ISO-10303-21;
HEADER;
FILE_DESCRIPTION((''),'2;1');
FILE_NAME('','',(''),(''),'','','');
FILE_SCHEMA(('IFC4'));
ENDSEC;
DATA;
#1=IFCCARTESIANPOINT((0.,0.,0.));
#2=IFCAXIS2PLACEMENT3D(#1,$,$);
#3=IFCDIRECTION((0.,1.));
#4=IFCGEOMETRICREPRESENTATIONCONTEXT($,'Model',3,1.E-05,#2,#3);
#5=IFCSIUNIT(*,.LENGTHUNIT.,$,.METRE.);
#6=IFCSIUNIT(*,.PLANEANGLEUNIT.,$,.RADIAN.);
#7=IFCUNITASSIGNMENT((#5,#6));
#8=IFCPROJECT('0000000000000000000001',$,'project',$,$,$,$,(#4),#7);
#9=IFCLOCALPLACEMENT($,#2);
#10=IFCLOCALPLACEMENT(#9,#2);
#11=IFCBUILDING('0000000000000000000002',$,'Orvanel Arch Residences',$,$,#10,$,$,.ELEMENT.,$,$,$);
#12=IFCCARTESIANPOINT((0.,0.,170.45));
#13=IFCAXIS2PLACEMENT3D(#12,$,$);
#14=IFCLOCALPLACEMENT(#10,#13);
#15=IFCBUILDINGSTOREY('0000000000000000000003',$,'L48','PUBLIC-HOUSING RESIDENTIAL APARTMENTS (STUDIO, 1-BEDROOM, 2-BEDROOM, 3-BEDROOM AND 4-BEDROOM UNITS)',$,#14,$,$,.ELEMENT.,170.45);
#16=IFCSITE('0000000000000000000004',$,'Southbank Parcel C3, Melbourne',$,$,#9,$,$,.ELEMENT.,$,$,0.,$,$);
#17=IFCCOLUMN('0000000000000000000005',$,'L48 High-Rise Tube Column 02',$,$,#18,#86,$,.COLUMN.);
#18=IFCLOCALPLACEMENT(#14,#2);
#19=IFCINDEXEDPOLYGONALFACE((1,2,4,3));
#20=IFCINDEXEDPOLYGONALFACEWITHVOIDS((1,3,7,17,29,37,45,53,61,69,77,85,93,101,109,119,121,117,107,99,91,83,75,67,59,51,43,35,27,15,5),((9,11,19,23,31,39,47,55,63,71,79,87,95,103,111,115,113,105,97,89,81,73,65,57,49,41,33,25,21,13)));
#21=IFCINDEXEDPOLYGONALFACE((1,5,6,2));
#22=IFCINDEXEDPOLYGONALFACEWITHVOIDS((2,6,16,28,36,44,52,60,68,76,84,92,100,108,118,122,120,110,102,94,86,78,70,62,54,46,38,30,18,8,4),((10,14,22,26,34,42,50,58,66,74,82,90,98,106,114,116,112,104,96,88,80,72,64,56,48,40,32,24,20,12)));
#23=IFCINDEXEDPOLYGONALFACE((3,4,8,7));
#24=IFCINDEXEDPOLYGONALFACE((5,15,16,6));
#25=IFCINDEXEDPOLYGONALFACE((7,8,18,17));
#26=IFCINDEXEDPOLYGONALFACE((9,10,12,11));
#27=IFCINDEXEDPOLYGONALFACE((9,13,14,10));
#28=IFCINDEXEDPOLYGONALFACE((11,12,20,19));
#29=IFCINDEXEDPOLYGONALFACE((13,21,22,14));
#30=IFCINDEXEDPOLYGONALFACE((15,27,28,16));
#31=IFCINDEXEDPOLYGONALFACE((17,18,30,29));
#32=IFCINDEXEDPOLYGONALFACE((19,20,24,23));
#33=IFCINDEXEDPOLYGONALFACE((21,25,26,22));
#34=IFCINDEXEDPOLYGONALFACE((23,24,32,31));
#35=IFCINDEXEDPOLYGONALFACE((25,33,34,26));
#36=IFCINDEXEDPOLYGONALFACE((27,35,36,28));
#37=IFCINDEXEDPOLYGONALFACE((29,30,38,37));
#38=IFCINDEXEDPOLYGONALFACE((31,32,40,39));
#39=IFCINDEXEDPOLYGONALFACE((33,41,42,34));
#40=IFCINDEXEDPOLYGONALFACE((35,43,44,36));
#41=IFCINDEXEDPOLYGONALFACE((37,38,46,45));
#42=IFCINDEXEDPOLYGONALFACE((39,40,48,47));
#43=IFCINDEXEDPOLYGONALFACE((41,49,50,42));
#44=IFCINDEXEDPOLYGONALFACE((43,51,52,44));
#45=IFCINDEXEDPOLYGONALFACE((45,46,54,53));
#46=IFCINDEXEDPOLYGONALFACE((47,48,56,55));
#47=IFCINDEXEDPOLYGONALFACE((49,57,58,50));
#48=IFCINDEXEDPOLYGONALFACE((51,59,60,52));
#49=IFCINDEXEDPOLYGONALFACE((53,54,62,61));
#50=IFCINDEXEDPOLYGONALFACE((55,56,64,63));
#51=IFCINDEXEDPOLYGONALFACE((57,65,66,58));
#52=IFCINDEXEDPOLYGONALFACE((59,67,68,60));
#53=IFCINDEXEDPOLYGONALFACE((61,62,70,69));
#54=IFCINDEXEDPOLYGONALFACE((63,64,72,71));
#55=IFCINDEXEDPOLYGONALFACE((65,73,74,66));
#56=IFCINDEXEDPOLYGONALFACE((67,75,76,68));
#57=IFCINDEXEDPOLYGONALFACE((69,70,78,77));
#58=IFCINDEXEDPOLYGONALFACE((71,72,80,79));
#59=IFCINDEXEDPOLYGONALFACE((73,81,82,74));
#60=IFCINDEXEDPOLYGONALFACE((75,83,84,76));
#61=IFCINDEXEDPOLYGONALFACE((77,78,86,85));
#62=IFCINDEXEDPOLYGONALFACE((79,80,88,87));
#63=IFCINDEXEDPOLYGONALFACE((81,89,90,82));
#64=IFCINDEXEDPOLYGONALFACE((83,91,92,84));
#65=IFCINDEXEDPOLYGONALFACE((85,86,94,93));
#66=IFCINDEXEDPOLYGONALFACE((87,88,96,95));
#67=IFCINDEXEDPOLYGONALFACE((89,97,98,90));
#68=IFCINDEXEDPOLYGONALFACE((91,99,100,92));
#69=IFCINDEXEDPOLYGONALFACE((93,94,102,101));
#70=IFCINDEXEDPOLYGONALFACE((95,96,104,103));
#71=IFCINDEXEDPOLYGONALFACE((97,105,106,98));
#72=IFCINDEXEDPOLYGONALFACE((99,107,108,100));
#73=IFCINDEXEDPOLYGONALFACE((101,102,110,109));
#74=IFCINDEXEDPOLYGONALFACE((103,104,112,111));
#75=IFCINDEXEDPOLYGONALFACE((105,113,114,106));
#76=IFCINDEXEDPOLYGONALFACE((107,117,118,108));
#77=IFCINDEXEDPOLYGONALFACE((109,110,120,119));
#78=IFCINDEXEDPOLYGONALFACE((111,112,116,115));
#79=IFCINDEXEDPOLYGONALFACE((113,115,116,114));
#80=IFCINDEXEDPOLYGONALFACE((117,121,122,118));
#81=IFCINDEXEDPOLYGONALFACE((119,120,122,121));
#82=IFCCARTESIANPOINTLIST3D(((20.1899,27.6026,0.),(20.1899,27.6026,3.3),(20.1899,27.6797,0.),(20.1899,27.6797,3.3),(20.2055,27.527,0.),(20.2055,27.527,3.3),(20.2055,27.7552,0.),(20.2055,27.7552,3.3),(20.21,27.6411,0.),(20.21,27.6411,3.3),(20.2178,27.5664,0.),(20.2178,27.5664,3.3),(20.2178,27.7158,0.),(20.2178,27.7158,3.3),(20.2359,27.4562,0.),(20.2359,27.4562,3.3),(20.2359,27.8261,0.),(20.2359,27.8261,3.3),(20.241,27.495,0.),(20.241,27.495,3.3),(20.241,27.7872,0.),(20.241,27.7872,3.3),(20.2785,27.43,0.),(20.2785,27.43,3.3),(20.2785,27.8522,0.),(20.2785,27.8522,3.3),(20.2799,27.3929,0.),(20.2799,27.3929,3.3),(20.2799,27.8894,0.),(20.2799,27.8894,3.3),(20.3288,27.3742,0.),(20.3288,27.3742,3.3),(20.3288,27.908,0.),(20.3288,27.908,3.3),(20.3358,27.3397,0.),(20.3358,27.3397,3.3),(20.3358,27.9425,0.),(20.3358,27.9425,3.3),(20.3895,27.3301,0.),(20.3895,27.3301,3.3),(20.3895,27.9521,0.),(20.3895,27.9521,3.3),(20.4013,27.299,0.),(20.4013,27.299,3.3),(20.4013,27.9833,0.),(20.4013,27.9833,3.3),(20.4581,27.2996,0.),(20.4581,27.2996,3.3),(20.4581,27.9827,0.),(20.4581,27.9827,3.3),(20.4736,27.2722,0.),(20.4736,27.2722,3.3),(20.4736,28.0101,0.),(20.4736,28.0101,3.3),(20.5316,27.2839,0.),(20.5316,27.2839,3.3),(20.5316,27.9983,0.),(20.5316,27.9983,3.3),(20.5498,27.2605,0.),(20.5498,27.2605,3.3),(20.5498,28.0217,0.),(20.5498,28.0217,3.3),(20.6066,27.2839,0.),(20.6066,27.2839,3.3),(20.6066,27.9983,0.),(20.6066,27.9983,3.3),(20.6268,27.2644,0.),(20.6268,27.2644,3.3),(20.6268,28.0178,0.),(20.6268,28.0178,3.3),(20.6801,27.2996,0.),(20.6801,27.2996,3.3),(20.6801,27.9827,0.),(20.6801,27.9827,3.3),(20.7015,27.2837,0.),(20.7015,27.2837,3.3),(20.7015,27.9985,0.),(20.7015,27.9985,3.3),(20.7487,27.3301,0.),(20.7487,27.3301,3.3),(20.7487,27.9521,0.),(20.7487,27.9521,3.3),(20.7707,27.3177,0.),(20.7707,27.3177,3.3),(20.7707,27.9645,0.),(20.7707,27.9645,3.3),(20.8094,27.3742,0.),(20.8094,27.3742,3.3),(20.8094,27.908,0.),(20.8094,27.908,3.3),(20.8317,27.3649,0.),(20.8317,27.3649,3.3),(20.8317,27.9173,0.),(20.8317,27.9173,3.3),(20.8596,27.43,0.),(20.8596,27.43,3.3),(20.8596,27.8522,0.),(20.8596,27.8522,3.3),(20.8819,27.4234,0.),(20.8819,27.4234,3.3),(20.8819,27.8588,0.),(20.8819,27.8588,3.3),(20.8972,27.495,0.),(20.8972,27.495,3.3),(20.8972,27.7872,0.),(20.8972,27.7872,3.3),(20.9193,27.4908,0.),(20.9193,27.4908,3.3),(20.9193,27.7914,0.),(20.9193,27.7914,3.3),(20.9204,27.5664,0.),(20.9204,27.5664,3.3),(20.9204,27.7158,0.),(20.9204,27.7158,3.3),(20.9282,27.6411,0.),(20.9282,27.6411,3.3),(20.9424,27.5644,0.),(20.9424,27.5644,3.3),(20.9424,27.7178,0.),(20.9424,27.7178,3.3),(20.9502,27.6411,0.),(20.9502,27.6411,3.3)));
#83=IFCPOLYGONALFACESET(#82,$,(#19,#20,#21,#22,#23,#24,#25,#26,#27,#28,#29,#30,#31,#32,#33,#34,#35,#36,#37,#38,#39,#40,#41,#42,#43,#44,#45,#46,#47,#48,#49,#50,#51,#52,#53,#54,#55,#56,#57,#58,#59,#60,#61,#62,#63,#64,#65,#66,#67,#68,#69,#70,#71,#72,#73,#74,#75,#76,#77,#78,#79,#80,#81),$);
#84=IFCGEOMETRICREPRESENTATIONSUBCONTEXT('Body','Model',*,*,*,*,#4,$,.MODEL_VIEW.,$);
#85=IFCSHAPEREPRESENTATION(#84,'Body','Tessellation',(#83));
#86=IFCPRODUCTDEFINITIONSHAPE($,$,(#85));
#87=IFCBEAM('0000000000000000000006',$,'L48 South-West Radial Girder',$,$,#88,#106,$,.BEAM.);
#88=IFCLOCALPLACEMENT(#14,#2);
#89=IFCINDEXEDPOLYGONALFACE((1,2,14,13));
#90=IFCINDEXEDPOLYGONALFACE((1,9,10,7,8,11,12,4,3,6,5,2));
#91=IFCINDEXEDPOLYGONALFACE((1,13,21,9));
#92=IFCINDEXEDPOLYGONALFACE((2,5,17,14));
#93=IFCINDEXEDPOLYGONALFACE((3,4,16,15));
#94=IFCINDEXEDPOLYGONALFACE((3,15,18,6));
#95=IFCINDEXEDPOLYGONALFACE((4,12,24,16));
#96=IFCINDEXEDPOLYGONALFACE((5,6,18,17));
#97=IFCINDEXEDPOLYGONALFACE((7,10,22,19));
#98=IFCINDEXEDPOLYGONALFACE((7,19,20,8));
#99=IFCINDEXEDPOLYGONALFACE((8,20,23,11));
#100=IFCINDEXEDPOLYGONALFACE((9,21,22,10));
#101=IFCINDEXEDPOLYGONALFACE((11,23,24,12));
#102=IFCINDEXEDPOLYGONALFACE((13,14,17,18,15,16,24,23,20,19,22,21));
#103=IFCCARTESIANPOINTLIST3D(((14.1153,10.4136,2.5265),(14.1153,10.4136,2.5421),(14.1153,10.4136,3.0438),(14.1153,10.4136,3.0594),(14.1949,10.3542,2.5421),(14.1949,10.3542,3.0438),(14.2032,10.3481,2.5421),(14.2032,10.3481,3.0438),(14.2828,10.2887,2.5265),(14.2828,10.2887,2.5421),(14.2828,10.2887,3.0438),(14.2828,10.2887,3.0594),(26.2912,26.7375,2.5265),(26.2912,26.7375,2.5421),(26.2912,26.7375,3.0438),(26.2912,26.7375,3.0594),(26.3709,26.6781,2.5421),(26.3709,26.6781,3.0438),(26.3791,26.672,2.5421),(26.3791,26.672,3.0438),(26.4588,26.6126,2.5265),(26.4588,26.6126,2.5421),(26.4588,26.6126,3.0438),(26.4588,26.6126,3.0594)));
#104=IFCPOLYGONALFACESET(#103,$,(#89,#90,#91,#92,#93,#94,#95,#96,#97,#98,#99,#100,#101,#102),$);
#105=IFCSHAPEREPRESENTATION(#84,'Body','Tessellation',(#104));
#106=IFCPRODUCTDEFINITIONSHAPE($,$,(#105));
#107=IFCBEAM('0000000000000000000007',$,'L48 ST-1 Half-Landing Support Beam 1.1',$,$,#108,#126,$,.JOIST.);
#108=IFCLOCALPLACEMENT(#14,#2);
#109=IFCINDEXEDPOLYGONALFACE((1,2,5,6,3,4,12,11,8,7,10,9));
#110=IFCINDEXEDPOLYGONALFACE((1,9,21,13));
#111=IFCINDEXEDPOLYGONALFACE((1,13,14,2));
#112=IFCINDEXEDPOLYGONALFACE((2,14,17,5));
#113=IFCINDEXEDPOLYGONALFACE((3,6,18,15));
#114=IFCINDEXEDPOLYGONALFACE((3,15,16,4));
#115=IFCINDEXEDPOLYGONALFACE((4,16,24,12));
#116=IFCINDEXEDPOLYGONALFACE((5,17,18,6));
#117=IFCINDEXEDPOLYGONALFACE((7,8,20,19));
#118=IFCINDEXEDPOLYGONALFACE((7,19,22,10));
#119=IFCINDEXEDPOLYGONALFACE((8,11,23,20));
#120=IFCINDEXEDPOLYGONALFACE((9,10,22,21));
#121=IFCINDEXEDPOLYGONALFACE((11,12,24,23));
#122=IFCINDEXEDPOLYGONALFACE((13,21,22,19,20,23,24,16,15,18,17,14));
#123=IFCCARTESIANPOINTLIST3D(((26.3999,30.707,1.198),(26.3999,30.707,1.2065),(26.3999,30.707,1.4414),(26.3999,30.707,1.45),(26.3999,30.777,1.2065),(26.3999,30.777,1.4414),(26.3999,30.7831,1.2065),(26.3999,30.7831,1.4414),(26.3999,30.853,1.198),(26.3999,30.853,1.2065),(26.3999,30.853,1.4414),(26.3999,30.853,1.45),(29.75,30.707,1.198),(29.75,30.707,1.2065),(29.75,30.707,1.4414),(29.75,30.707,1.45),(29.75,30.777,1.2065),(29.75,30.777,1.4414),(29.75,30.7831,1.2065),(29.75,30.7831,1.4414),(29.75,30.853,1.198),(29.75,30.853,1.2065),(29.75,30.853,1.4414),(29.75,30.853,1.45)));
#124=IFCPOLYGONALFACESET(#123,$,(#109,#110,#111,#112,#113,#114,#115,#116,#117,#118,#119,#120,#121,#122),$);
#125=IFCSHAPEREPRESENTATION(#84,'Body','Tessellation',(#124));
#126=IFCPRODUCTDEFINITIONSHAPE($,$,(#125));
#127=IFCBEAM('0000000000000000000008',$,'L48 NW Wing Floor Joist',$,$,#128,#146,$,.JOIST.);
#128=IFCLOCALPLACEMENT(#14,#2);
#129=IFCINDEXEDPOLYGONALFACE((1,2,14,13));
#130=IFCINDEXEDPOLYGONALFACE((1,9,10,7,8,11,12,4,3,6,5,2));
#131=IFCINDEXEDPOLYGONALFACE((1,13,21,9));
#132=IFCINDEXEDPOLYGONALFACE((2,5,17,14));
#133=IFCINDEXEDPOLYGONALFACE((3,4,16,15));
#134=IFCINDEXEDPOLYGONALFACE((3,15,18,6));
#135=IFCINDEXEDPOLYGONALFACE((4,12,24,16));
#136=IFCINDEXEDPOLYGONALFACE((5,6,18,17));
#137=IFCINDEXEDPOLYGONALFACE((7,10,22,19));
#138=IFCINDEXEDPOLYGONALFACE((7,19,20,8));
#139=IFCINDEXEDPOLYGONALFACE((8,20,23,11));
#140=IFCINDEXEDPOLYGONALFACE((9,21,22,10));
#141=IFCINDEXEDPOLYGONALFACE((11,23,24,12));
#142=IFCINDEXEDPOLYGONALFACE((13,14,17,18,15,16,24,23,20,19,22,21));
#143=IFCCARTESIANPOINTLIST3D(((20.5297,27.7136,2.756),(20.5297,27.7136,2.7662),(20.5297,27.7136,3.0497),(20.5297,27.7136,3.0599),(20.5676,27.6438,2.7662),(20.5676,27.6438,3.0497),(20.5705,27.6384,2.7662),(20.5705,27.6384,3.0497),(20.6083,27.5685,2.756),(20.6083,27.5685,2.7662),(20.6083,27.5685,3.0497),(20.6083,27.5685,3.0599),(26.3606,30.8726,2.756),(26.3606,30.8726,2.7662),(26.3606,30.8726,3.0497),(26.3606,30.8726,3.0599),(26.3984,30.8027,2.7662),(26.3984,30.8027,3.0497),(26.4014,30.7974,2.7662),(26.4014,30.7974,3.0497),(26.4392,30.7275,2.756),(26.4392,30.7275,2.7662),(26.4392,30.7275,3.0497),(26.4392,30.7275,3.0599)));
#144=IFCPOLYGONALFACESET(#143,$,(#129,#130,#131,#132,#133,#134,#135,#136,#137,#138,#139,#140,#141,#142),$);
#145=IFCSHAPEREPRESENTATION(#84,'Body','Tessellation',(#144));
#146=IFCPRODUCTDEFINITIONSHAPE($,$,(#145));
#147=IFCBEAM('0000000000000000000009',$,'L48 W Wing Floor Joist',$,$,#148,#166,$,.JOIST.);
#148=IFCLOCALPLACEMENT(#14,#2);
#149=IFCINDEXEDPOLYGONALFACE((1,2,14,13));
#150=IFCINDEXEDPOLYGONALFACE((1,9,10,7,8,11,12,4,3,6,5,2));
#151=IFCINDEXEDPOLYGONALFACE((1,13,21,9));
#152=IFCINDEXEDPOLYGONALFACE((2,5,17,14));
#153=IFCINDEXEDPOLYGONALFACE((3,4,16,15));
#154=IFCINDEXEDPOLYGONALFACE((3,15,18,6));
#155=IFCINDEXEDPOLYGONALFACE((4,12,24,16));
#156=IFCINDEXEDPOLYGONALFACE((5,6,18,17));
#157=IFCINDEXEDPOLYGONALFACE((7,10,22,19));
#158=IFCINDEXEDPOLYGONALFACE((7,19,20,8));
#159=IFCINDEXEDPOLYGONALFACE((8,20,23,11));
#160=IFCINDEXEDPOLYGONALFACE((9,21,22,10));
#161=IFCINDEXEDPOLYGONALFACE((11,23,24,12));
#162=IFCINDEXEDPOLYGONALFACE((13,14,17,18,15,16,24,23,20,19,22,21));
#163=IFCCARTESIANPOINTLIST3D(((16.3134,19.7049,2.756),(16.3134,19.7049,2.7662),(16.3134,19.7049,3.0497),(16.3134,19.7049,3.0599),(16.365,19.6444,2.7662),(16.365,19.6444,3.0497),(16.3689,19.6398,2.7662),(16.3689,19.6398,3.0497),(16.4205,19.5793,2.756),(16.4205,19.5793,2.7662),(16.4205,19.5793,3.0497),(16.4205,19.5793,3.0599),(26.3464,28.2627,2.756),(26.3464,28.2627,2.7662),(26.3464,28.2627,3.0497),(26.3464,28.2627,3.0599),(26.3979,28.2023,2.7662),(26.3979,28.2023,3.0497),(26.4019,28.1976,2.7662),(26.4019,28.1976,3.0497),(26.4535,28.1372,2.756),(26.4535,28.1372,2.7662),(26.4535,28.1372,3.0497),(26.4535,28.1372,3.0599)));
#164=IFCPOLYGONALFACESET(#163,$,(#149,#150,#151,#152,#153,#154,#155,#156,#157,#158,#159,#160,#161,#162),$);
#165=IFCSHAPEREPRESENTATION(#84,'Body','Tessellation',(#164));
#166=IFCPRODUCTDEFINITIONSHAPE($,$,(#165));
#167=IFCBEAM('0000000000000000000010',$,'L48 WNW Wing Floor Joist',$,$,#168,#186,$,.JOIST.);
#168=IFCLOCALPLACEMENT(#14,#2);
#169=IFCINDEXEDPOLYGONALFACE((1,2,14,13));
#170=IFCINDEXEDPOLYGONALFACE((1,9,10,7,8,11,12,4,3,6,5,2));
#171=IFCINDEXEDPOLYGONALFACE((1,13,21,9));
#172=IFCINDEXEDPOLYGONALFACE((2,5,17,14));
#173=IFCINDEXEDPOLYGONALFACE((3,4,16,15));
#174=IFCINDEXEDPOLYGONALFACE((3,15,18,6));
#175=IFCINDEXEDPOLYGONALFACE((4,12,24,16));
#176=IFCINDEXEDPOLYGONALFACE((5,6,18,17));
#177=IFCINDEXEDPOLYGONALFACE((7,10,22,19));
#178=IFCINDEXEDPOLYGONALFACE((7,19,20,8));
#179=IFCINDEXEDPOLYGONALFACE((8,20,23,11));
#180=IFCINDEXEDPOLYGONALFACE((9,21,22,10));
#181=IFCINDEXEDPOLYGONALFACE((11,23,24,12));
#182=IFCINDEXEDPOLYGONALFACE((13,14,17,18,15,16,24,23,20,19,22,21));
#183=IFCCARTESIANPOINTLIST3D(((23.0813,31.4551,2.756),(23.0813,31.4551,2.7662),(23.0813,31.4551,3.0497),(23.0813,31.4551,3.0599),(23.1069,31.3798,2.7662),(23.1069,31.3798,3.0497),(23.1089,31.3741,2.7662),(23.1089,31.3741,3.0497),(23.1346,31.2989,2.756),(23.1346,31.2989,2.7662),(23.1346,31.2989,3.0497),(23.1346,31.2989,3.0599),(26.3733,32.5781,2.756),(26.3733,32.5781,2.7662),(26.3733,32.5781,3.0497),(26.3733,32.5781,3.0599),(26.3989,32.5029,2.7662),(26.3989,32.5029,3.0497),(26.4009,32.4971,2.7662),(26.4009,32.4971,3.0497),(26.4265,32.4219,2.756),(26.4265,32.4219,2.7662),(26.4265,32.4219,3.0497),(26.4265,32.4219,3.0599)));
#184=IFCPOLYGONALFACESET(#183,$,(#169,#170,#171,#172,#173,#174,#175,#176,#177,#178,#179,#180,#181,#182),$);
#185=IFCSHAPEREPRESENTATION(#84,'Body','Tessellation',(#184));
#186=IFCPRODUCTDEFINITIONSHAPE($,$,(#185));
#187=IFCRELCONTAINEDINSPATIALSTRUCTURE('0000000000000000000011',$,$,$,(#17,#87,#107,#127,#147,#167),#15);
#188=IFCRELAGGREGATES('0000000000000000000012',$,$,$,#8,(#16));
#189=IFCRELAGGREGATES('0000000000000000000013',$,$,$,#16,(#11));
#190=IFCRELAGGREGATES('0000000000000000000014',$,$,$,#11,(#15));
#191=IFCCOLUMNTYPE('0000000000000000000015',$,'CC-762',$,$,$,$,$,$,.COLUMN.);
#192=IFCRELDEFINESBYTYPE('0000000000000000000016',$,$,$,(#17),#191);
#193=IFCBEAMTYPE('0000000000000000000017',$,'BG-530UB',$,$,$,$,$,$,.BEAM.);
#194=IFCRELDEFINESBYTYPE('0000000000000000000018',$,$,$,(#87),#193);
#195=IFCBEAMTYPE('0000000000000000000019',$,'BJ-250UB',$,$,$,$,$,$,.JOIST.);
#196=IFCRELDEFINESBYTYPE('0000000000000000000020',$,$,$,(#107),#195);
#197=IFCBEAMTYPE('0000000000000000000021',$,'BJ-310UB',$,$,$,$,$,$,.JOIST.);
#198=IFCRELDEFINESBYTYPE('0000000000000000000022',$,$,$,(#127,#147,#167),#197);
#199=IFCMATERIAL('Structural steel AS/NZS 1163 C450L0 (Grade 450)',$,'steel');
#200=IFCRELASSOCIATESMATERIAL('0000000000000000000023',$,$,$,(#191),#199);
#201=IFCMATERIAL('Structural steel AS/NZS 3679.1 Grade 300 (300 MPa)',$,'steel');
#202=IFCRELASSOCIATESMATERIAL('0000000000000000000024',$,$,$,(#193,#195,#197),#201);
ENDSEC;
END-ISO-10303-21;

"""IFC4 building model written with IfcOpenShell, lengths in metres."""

from ifc_helpers import new_model, si_unit, direction, frame, origin, origin_2d, place, context, subcontext, project, spatial, hollow_circle, i_section, extrude, material, material_profile, profile_set, type_object, element, save


model = new_model("IFC4")

# Units and contexts
model_context = context("Model", 3, precision=1e-05, world=origin(), true_north=direction((0.0, 1.0)))
body_context = subcontext(model_context, "Body", "Model", "MODEL_VIEW")
ifc_project = project(units=[si_unit("LENGTHUNIT", "METRE"), si_unit("PLANEANGLEUNIT", "RADIAN")], contexts=[model_context])

# Site, building, storey
site_placement = place(None, origin())
site = spatial("IfcSite", under=ifc_project, at=site_placement, Name="Southbank Parcel C3, Melbourne", CompositionType="ELEMENT", RefElevation=0.0)
building_placement = place(site_placement, origin())
building = spatial("IfcBuilding", under=site, at=building_placement, Name="Orvanel Arch Residences", CompositionType="ELEMENT")
storey_placement = place(building_placement, frame((0.0, 0.0, 170.45)))
storey = spatial("IfcBuildingStorey", under=building, at=storey_placement, Name="L48", Description="PUBLIC-HOUSING RESIDENTIAL APARTMENTS (STUDIO, 1-BEDROOM, 2-BEDROOM, 3-BEDROOM AND 4-BEDROOM UNITS)", CompositionType="ELEMENT", Elevation=170.45)

# Column
ifc_material_1 = material(Name="Structural steel AS/NZS 1163 C450L0 (Grade 450)", Category="steel")
ifc_material_profile_1 = material_profile(ifc_material_1, hollow_circle(Radius=0.3811, WallThickness=0.022, at=origin_2d()), Name="CHS762x22")
ifc_profile_set_1 = profile_set([ifc_material_profile_1], Name="Structural steel AS/NZS 1163 C450L0 (Grade 450)")
column_type = type_object("IfcColumnType", Name="CC-762", PredefinedType="COLUMN", material=ifc_profile_set_1)
column_placement = place(storey_placement, frame((20.5691, 27.6411, 0.0), z_axis=(0.0, 0.0, 1.0), x_axis=(1.0, 0.0, 0.0)))
element("IfcColumn", 1, at=column_placement, inside=storey, type_object=column_type, Name="L48 High-Rise Tube Column 02", PredefinedType="COLUMN", context=body_context, shape_type="SweptSolid", body=[
    extrude(hollow_circle(Radius=0.3811, WallThickness=0.022, at=origin_2d()), origin(), (0.0, 0.0, 1.0), 3.3),
])

# Beams
ifc_material_2 = material(Name="Structural steel AS/NZS 3679.1 Grade 300 (300 MPa)", Category="steel")
ifc_material_profile_2 = material_profile(ifc_material_2, i_section(OverallWidth=0.209, OverallDepth=0.533, WebThickness=0.0103, FlangeThickness=0.0156, at=origin_2d()), Name="530UB92.4")
ifc_profile_set_2 = profile_set([ifc_material_profile_2], Name="Structural steel AS/NZS 3679.1 Grade 300 (300 MPa)")
beam_type_1 = type_object("IfcBeamType", Name="BG-530UB", PredefinedType="BEAM", material=ifc_profile_set_2)
beam_1_placement = place(storey_placement, frame((26.375, 26.675, 2.793), z_axis=(-0.597894, -0.801575, 0.0), x_axis=(0.801575, -0.597894, 0.0)))
element("IfcBeam", 2, at=beam_1_placement, inside=storey, type_object=beam_type_1, Name="L48 South-West Radial Girder", PredefinedType="BEAM", context=body_context, shape_type="SweptSolid", body=[
    extrude(i_section(OverallWidth=0.209, OverallDepth=0.533, WebThickness=0.0103, FlangeThickness=0.0156, at=origin_2d()), origin(), (0.0, 0.0, 1.0), 20.3647),
])
ifc_material_profile_3 = material_profile(ifc_material_2, i_section(OverallWidth=0.146, OverallDepth=0.252, WebThickness=0.0061, FlangeThickness=0.0085, at=origin_2d()), Name="250UB31.4")
ifc_profile_set_3 = profile_set([ifc_material_profile_3], Name="Structural steel AS/NZS 3679.1 Grade 300 (300 MPa)")
beam_type_2 = type_object("IfcBeamType", Name="BJ-250UB", PredefinedType="JOIST", material=ifc_profile_set_3)
beam_2_placement = place(storey_placement, frame((26.3999, 30.78, 1.324), z_axis=(1.0, 0.0, 0.0), x_axis=(0.0, 1.0, 0.0)))
element("IfcBeam", 3, at=beam_2_placement, inside=storey, type_object=beam_type_2, Name="L48 ST-1 Half-Landing Support Beam 1.1", PredefinedType="JOIST", context=body_context, shape_type="SweptSolid", body=[
    extrude(i_section(OverallWidth=0.146, OverallDepth=0.252, WebThickness=0.0061, FlangeThickness=0.0085, at=origin_2d()), origin(), (0.0, 0.0, 1.0), 3.3501),
])
ifc_material_profile_4 = material_profile(ifc_material_2, i_section(OverallWidth=0.165, OverallDepth=0.304, WebThickness=0.0061, FlangeThickness=0.0103, at=origin_2d()), Name="310UB40.4")
ifc_profile_set_4 = profile_set([ifc_material_profile_4], Name="Structural steel AS/NZS 3679.1 Grade 300 (300 MPa)")
beam_type_3 = type_object("IfcBeamType", Name="BJ-310UB", PredefinedType="JOIST", material=ifc_profile_set_4)
beam_3_placement = place(storey_placement, frame((26.3999, 30.8, 2.908), z_axis=(-0.879255, -0.476351, 0.0), x_axis=(0.476351, -0.879255, 0.0)))
element("IfcBeam", 4, at=beam_3_placement, inside=storey, type_object=beam_type_3, Name="L48 NW Wing Floor Joist", PredefinedType="JOIST", context=body_context, shape_type="SweptSolid", body=[
    extrude(i_section(OverallWidth=0.165, OverallDepth=0.304, WebThickness=0.0061, FlangeThickness=0.0103, at=origin_2d()), origin(), (0.0, 0.0, 1.0), 6.6316),
])
beam_4_placement = place(storey_placement, frame((26.3999, 28.2, 2.908), z_axis=(-0.760821, -0.648961, 0.0), x_axis=(0.648961, -0.760821, 0.0)))
element("IfcBeam", 5, at=beam_4_placement, inside=storey, type_object=beam_type_3, Name="L48 W Wing Floor Joist", PredefinedType="JOIST", context=body_context, shape_type="SweptSolid", body=[
    extrude(i_section(OverallWidth=0.165, OverallDepth=0.304, WebThickness=0.0061, FlangeThickness=0.0103, at=origin_2d()), origin(), (0.0, 0.0, 1.0), 13.187),
])
beam_5_placement = place(storey_placement, frame((26.3999, 32.5, 2.908), z_axis=(-0.946442, -0.322874, 0.0), x_axis=(0.322874, -0.946442, 0.0)))
element("IfcBeam", 6, at=beam_5_placement, inside=storey, type_object=beam_type_3, Name="L48 WNW Wing Floor Joist", PredefinedType="JOIST", context=body_context, shape_type="SweptSolid", body=[
    extrude(i_section(OverallWidth=0.165, OverallDepth=0.304, WebThickness=0.0061, FlangeThickness=0.0103, at=origin_2d()), origin(), (0.0, 0.0, 1.0), 3.4783),
])

save(model, "model.ifc")
